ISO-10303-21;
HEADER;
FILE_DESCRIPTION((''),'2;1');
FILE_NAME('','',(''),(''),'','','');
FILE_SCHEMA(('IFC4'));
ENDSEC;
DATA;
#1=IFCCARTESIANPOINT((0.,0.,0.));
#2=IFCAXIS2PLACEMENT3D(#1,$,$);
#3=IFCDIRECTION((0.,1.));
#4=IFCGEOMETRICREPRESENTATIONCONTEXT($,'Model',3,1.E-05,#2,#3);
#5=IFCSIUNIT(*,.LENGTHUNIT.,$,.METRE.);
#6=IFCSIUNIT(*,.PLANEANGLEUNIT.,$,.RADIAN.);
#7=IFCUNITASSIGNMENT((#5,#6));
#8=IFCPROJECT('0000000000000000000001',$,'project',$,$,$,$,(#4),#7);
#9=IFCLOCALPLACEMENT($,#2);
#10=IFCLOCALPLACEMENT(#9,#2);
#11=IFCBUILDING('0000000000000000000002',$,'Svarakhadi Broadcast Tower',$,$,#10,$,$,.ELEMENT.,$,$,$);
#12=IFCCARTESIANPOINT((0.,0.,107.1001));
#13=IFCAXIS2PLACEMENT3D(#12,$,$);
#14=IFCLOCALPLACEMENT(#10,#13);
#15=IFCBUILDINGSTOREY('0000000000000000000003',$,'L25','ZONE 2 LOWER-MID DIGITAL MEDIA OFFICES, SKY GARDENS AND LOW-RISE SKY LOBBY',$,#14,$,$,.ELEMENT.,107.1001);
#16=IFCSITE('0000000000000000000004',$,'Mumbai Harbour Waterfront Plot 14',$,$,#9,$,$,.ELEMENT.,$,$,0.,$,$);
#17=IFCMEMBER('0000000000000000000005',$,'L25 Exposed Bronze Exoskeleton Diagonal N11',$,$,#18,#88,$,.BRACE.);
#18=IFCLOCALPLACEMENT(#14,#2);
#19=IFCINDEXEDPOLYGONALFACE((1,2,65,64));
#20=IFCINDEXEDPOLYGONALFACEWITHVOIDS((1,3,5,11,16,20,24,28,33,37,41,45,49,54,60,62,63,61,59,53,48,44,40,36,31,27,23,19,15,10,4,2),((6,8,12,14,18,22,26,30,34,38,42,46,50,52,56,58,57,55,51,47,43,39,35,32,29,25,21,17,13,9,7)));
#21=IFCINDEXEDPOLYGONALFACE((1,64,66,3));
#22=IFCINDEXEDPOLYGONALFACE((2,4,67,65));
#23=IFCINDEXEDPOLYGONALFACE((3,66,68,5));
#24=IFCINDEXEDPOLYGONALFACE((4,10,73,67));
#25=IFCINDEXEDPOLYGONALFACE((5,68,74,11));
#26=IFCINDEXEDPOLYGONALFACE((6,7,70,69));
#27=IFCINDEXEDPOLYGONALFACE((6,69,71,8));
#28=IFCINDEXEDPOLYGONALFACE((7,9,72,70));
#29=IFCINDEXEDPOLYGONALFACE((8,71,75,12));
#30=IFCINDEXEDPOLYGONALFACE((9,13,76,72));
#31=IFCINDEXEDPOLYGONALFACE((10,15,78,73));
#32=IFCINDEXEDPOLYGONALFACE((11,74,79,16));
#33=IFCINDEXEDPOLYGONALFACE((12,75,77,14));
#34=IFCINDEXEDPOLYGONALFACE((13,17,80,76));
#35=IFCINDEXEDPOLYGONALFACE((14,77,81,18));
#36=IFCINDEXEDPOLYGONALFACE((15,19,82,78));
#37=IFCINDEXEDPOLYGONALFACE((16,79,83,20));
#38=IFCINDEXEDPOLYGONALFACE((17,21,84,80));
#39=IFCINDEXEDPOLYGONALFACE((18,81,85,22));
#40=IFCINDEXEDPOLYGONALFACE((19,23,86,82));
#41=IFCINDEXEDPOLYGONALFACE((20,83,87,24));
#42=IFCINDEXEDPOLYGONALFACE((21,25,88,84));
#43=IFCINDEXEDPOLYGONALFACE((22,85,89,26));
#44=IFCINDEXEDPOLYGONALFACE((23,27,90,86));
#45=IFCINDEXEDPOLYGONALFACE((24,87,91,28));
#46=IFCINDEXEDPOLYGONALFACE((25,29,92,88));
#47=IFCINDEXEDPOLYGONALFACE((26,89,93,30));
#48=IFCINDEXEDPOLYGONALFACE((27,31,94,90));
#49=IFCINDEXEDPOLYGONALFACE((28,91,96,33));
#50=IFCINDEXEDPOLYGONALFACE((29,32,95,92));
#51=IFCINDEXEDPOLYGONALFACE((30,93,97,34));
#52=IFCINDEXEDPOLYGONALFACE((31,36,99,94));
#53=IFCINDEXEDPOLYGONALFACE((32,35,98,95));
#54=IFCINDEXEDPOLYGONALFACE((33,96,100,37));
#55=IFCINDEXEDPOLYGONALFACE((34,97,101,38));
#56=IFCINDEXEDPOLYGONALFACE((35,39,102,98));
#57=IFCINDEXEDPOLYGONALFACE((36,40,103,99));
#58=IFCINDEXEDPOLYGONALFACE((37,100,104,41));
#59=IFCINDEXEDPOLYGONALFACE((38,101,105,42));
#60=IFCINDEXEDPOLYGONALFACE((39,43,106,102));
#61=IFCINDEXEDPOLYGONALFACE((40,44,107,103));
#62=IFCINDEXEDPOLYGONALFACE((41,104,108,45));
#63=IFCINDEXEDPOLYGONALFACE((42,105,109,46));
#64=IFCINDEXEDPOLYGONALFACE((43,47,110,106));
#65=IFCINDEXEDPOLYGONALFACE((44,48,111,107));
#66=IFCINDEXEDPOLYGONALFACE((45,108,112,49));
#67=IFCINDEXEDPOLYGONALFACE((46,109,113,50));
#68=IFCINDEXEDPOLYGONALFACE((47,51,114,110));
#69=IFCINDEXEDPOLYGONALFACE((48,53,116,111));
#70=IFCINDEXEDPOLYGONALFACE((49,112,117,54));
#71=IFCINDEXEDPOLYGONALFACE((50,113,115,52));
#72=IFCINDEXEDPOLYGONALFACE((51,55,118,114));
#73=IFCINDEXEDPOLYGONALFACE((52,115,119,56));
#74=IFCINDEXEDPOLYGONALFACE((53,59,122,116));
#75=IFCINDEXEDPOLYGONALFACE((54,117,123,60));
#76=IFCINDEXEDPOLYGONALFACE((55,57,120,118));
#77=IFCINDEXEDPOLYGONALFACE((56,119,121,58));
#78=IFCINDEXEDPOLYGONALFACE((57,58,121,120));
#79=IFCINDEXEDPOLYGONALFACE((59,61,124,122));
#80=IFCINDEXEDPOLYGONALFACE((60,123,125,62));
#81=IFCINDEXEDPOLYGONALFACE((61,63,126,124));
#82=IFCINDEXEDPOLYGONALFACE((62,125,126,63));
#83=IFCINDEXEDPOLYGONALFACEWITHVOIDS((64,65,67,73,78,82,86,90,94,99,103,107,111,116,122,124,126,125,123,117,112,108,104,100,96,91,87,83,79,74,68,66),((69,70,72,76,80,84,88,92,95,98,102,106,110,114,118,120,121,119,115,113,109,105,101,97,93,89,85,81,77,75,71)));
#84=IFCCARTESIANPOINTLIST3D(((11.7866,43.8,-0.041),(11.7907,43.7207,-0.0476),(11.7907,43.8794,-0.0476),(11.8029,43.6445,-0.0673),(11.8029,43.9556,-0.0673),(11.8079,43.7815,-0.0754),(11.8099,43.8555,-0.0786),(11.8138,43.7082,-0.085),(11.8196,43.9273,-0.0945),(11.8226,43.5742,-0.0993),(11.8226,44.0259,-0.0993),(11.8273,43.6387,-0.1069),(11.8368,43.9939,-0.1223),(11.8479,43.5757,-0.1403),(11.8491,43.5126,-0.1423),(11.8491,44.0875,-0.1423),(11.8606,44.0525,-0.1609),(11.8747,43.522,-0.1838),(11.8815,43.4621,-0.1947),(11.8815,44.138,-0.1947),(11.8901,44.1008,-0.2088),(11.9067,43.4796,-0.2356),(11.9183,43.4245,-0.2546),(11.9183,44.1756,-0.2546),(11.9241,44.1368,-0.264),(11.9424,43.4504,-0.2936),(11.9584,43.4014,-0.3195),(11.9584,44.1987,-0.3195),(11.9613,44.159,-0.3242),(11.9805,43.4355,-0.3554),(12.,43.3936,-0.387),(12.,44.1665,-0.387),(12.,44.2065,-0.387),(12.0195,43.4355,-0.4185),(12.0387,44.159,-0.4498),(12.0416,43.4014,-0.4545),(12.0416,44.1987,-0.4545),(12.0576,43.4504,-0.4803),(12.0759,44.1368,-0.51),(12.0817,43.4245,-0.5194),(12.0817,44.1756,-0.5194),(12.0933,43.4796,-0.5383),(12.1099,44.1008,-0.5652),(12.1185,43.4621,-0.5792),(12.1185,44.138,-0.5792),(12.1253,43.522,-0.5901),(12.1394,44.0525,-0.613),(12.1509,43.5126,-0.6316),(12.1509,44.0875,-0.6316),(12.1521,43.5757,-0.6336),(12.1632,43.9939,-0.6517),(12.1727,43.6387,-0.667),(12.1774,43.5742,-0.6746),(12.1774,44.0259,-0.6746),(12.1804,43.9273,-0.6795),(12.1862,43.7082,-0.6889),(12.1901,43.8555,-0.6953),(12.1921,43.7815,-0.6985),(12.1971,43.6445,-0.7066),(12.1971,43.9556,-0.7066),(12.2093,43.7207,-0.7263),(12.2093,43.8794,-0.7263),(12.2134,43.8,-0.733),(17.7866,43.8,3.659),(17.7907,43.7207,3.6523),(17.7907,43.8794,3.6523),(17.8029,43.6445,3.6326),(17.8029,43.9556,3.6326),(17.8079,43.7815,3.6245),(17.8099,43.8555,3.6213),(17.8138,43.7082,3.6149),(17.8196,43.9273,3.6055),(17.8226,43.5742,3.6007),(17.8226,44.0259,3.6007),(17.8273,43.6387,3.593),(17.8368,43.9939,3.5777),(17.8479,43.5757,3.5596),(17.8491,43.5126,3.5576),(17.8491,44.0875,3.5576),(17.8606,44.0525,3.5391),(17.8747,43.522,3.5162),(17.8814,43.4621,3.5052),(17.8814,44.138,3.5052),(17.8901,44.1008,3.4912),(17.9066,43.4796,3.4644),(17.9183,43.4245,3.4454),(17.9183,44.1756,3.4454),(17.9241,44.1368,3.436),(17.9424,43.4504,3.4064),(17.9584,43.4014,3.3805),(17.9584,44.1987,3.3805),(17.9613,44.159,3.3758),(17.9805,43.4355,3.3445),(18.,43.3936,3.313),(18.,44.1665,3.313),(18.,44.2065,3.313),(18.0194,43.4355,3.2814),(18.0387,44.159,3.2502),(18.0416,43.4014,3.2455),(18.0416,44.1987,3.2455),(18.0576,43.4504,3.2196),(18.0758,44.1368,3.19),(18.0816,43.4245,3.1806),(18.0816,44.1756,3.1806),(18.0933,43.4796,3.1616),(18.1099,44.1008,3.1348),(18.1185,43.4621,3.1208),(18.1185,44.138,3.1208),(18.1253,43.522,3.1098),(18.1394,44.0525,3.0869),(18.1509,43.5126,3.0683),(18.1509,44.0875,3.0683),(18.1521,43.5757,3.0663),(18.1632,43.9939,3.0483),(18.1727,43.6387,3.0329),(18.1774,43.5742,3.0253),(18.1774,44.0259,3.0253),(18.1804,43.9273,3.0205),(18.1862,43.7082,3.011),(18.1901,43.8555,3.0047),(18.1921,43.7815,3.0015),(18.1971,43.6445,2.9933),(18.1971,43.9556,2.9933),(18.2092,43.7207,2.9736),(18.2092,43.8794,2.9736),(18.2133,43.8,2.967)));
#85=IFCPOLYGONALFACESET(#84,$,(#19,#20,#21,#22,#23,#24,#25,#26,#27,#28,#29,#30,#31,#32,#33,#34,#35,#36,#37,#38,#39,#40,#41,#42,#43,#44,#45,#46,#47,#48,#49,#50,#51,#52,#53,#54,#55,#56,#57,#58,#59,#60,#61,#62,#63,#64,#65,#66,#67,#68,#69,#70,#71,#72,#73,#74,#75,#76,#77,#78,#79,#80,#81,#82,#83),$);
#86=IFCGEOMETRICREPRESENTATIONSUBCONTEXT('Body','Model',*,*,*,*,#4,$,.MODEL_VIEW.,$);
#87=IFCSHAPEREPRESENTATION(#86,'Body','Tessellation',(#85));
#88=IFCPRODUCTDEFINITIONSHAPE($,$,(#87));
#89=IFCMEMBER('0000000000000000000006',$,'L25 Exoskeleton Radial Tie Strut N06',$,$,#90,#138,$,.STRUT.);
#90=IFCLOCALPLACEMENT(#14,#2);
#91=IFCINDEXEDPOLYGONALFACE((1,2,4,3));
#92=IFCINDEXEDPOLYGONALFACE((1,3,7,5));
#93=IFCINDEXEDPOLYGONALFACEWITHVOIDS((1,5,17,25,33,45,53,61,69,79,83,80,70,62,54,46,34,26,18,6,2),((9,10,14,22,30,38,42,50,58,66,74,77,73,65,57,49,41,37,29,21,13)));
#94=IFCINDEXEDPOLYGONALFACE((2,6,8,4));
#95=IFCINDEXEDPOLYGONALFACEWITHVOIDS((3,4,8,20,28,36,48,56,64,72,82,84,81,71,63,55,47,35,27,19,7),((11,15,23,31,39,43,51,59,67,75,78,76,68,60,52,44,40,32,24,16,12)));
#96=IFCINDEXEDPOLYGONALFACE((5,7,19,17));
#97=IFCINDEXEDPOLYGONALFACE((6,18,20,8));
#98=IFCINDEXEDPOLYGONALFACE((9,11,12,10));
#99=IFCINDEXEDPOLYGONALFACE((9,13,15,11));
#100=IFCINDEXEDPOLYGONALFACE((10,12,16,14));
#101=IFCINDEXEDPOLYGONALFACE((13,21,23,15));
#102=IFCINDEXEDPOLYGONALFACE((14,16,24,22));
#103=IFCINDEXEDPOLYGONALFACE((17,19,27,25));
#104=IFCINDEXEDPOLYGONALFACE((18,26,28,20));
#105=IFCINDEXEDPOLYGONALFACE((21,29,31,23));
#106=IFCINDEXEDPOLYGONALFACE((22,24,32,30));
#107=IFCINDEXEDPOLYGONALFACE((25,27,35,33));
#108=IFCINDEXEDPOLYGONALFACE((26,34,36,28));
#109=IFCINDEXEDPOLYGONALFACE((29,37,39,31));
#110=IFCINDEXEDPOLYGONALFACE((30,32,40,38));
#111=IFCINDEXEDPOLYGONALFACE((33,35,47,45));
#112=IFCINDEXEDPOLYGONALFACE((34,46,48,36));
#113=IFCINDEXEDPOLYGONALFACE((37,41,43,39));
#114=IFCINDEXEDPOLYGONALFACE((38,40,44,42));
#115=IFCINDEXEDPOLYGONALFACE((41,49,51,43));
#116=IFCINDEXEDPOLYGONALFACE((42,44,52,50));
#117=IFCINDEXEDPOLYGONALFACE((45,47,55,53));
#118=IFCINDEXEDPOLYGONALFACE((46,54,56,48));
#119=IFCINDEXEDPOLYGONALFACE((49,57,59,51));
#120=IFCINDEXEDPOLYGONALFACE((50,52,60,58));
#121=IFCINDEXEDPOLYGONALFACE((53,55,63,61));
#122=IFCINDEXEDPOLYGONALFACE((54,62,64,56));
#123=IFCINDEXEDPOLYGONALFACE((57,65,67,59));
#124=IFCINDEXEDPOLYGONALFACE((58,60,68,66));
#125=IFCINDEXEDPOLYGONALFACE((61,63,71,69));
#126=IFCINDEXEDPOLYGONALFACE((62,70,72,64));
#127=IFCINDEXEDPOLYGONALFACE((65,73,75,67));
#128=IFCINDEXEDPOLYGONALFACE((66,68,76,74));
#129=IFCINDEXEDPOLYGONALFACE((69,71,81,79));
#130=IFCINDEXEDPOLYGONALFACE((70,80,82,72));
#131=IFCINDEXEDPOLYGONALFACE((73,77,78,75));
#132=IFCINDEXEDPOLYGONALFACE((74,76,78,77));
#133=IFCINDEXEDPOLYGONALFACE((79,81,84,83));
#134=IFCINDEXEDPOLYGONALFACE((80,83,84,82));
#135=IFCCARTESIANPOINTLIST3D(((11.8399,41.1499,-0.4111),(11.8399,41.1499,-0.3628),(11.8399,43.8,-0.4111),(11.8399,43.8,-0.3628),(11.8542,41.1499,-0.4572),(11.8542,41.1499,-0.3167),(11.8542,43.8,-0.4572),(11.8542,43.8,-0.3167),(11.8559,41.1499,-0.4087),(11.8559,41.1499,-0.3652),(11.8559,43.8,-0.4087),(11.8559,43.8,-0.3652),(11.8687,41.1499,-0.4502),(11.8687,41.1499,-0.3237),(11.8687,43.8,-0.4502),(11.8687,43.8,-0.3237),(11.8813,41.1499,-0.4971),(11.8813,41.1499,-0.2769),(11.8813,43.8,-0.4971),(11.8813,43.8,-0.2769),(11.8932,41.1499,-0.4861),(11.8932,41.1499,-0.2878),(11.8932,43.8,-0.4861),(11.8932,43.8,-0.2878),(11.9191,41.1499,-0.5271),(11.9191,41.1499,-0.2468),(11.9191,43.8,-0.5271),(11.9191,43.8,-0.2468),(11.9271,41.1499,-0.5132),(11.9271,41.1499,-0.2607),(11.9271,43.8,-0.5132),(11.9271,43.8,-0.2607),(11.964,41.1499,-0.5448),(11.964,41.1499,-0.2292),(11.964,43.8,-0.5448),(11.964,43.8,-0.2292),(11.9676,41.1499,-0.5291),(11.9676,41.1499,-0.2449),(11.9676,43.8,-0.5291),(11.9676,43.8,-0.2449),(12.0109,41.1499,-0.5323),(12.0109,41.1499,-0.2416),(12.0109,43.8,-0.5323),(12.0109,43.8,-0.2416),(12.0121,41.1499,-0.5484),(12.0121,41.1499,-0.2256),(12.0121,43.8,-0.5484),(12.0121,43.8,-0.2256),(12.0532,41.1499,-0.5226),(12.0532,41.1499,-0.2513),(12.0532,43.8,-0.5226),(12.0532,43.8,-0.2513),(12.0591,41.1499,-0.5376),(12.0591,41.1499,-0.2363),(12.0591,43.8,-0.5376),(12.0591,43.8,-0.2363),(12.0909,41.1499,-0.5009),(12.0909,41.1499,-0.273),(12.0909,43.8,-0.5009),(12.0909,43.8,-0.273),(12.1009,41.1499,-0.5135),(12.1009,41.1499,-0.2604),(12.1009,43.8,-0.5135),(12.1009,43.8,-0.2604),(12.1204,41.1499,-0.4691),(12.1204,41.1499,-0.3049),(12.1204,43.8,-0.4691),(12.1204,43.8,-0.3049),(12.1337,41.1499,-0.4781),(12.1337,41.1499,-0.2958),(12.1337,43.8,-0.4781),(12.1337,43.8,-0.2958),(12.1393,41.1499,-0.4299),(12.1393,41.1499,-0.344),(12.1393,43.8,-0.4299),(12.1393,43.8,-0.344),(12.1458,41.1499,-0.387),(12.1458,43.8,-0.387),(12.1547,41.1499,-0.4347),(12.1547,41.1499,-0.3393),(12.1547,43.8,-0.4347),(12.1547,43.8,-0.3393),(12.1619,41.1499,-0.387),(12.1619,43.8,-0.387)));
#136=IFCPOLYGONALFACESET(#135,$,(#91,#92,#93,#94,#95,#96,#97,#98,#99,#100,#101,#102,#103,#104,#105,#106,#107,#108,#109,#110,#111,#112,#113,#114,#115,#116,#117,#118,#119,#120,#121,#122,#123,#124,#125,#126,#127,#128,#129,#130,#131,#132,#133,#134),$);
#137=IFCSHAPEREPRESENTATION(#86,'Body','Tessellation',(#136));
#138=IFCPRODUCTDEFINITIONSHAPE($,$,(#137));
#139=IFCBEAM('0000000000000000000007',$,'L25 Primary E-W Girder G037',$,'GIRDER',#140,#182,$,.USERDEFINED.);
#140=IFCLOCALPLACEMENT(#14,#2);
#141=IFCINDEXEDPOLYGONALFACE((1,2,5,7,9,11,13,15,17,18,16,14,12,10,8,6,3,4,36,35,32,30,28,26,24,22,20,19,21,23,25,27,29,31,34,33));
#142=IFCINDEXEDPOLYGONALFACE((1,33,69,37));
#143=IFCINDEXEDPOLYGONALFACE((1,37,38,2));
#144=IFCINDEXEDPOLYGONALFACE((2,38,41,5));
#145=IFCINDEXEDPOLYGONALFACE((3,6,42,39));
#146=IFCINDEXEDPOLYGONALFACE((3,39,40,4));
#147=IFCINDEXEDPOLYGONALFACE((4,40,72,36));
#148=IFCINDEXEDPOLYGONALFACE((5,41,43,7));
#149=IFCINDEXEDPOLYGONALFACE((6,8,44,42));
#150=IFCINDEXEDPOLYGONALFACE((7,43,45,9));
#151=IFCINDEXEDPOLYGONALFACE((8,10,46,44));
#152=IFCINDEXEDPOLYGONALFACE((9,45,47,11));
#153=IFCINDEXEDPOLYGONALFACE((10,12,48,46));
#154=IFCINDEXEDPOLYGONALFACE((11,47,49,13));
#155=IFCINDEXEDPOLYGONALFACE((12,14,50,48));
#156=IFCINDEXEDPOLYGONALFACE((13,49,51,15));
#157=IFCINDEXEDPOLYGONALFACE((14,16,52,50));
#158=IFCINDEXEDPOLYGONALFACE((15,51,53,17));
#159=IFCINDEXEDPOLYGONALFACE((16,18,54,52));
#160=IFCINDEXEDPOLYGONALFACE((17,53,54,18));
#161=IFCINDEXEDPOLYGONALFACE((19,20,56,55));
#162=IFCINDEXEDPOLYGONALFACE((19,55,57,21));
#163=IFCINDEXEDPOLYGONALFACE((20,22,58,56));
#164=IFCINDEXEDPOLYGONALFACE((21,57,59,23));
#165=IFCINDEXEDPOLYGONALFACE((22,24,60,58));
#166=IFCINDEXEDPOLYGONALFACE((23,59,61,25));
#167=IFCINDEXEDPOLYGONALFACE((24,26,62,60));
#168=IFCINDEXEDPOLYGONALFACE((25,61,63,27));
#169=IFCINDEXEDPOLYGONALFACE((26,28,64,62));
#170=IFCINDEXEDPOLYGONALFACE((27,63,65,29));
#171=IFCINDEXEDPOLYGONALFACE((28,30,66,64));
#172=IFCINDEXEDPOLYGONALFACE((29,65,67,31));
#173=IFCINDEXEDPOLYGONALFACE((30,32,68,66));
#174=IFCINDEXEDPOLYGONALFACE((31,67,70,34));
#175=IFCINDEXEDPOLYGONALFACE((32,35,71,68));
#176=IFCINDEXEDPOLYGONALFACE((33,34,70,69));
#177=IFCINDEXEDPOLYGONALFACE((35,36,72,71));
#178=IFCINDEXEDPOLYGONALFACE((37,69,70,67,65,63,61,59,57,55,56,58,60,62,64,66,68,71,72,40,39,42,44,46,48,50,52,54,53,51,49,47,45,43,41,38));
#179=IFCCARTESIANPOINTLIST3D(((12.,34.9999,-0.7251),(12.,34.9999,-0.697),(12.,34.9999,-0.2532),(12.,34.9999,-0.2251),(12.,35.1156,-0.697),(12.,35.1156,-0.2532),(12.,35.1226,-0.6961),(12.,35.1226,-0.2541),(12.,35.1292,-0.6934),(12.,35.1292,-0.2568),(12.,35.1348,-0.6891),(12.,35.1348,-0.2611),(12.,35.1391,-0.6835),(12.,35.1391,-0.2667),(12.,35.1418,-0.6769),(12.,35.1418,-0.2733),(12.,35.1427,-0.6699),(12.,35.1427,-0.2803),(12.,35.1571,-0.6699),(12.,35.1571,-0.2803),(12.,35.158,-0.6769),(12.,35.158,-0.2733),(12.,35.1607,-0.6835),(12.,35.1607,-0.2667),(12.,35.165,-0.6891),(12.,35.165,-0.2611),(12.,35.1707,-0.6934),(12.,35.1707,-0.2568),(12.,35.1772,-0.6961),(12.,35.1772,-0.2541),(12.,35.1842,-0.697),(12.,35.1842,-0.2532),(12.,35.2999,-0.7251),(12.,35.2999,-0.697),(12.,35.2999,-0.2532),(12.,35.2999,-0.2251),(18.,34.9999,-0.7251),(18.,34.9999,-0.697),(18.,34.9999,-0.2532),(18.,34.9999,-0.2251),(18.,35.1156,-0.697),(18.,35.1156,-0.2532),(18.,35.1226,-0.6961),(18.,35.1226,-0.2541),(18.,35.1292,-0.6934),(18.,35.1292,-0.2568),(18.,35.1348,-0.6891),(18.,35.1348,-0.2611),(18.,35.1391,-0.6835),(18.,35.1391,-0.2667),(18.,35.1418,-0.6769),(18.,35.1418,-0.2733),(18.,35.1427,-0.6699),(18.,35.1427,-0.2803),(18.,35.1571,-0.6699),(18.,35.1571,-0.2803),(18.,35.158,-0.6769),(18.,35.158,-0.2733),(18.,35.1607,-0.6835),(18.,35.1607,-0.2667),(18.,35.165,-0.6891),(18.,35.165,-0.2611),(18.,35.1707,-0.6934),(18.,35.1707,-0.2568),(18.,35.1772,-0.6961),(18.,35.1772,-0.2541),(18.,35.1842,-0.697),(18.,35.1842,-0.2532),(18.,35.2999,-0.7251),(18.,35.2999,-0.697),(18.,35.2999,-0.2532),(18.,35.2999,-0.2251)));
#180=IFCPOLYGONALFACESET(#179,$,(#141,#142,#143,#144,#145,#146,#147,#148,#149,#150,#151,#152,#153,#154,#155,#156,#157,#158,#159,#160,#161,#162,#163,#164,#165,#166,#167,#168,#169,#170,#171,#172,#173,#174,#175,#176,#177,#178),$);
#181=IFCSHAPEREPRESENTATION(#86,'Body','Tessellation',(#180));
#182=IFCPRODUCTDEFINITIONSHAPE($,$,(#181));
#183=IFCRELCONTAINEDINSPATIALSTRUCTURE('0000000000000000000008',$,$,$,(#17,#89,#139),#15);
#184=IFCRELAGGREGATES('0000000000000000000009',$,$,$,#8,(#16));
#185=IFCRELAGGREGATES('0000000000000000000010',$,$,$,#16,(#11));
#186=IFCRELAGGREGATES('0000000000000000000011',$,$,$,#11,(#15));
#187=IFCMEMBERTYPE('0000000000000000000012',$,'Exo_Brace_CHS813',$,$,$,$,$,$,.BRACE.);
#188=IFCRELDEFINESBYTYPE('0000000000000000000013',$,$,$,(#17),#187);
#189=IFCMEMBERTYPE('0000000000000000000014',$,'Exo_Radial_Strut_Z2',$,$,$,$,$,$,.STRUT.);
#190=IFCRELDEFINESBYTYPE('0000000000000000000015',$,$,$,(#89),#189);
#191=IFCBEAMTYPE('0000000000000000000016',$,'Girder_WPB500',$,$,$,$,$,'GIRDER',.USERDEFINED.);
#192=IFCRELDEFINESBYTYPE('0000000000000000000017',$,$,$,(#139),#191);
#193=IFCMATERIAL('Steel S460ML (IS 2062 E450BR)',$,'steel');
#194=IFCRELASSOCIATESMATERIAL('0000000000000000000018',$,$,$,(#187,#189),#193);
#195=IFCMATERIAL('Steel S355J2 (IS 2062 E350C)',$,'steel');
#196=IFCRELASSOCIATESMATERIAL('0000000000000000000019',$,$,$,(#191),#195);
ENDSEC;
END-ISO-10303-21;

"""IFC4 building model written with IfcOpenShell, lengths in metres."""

from ifc_helpers import new_model, si_unit, direction, frame, origin, origin_2d, place, context, subcontext, project, spatial, hollow_circle, i_section, extrude, material, material_profile, profile_set, type_object, element, save


model = new_model("IFC4")

# Units and contexts
model_context = context("Model", 3, precision=1e-05, world=origin(), true_north=direction((0.0, 1.0)))
body_context = subcontext(model_context, "Body", "Model", "MODEL_VIEW")
ifc_project = project(units=[si_unit("LENGTHUNIT", "METRE"), si_unit("PLANEANGLEUNIT", "RADIAN")], contexts=[model_context])

# Site, building, storey
site_placement = place(None, origin())
site = spatial("IfcSite", under=ifc_project, at=site_placement, Name="Mumbai Harbour Waterfront Plot 14", CompositionType="ELEMENT", RefElevation=0.0)
building_placement = place(site_placement, origin())
building = spatial("IfcBuilding", under=site, at=building_placement, Name="Svarakhadi Broadcast Tower", CompositionType="ELEMENT")
storey_placement = place(building_placement, frame((0.0, 0.0, 107.1001)))
storey = spatial("IfcBuildingStorey", under=building, at=storey_placement, Name="L25", Description="ZONE 2 LOWER-MID DIGITAL MEDIA OFFICES, SKY GARDENS AND LOW-RISE SKY LOBBY", CompositionType="ELEMENT", Elevation=107.1001)

# Shared definitions
ifc_material_1 = material(Name="Steel S460ML (IS 2062 E450BR)", Category="steel")

# Shared definitions
ifc_material_2 = material(Name="Steel S355J2 (IS 2062 E350C)", Category="steel")

# Members
ifc_material_profile_1 = material_profile(ifc_material_1, hollow_circle(Radius=0.4065, WallThickness=0.04, at=origin_2d()), Name="CHS 813x40")
ifc_profile_set_1 = profile_set([ifc_material_profile_1], Name="Steel S460ML (IS 2062 E450BR)")
member_type_1 = type_object("IfcMemberType", Name="Exo_Brace_CHS813", PredefinedType="BRACE", material=ifc_profile_set_1)
for number, where, z_axis, x_axis, name in (
    (1, (12.0, 43.8, -0.387), (0.851174, 0.0, 0.524884), (0.0, 1.0, 0.0), "L25 Exposed Bronze Exoskeleton Diagonal N11"),
):
    element("IfcMember", number, at=place(storey_placement, frame(where, z_axis=z_axis, x_axis=x_axis)), inside=storey, type_object=member_type_1, Name=name, PredefinedType="BRACE", context=body_context, shape_type="SweptSolid", body=[
        extrude(hollow_circle(Radius=0.4065, WallThickness=0.04, at=origin_2d()), origin(), (0.0, 0.0, 1.0), 7.0491),
    ])
ifc_material_profile_2 = material_profile(ifc_material_1, hollow_circle(Radius=0.1619, WallThickness=0.0161, at=origin_2d()), Name="CHS 323.9x16")
ifc_profile_set_2 = profile_set([ifc_material_profile_2], Name="Steel S460ML (IS 2062 E450BR)")
member_type_2 = type_object("IfcMemberType", Name="Exo_Radial_Strut_Z2", PredefinedType="STRUT", material=ifc_profile_set_2)
member_1_placement = place(storey_placement, frame((12.0, 43.8, -0.387), z_axis=(0.0, -1.0, 0.0), x_axis=(1.0, 0.0, 0.0)))
element("IfcMember", 2, at=member_1_placement, inside=storey, type_object=member_type_2, Name="L25 Exoskeleton Radial Tie Strut N06", PredefinedType="STRUT", context=body_context, shape_type="SweptSolid", body=[
    extrude(hollow_circle(Radius=0.1619, WallThickness=0.0161, at=origin_2d()), origin(), (0.0, 0.0, 1.0), 2.6501),
])

# Beam
ifc_material_profile_3 = material_profile(ifc_material_2, i_section(OverallWidth=0.3, OverallDepth=0.5, WebThickness=0.0144, FlangeThickness=0.0281, FilletRadius=0.0271, at=origin_2d()), Name="WPB 500x300x187")
ifc_profile_set_3 = profile_set([ifc_material_profile_3], Name="Steel S355J2 (IS 2062 E350C)")
beam_type_1 = type_object("IfcBeamType", Name="Girder_WPB500", ElementType="GIRDER", PredefinedType="USERDEFINED", material=ifc_profile_set_3)
for number, where, z_axis, x_axis, name in (
    (3, (12.0, 35.1499, -0.4751), (1.0, 0.0, 0.0), (0.0, 1.0, 0.0), "L25 Primary E-W Girder G037"),
):
    element("IfcBeam", number, at=place(storey_placement, frame(where, z_axis=z_axis, x_axis=x_axis)), inside=storey, type_object=beam_type_1, Name=name, ObjectType="GIRDER", PredefinedType="USERDEFINED", context=body_context, shape_type="SweptSolid", body=[
        extrude(i_section(OverallWidth=0.3, OverallDepth=0.5, WebThickness=0.0144, FlangeThickness=0.0281, FilletRadius=0.0271, at=origin_2d()), origin(), (0.0, 0.0, 1.0), 6.0),
    ])

save(model, "model.ifc")
